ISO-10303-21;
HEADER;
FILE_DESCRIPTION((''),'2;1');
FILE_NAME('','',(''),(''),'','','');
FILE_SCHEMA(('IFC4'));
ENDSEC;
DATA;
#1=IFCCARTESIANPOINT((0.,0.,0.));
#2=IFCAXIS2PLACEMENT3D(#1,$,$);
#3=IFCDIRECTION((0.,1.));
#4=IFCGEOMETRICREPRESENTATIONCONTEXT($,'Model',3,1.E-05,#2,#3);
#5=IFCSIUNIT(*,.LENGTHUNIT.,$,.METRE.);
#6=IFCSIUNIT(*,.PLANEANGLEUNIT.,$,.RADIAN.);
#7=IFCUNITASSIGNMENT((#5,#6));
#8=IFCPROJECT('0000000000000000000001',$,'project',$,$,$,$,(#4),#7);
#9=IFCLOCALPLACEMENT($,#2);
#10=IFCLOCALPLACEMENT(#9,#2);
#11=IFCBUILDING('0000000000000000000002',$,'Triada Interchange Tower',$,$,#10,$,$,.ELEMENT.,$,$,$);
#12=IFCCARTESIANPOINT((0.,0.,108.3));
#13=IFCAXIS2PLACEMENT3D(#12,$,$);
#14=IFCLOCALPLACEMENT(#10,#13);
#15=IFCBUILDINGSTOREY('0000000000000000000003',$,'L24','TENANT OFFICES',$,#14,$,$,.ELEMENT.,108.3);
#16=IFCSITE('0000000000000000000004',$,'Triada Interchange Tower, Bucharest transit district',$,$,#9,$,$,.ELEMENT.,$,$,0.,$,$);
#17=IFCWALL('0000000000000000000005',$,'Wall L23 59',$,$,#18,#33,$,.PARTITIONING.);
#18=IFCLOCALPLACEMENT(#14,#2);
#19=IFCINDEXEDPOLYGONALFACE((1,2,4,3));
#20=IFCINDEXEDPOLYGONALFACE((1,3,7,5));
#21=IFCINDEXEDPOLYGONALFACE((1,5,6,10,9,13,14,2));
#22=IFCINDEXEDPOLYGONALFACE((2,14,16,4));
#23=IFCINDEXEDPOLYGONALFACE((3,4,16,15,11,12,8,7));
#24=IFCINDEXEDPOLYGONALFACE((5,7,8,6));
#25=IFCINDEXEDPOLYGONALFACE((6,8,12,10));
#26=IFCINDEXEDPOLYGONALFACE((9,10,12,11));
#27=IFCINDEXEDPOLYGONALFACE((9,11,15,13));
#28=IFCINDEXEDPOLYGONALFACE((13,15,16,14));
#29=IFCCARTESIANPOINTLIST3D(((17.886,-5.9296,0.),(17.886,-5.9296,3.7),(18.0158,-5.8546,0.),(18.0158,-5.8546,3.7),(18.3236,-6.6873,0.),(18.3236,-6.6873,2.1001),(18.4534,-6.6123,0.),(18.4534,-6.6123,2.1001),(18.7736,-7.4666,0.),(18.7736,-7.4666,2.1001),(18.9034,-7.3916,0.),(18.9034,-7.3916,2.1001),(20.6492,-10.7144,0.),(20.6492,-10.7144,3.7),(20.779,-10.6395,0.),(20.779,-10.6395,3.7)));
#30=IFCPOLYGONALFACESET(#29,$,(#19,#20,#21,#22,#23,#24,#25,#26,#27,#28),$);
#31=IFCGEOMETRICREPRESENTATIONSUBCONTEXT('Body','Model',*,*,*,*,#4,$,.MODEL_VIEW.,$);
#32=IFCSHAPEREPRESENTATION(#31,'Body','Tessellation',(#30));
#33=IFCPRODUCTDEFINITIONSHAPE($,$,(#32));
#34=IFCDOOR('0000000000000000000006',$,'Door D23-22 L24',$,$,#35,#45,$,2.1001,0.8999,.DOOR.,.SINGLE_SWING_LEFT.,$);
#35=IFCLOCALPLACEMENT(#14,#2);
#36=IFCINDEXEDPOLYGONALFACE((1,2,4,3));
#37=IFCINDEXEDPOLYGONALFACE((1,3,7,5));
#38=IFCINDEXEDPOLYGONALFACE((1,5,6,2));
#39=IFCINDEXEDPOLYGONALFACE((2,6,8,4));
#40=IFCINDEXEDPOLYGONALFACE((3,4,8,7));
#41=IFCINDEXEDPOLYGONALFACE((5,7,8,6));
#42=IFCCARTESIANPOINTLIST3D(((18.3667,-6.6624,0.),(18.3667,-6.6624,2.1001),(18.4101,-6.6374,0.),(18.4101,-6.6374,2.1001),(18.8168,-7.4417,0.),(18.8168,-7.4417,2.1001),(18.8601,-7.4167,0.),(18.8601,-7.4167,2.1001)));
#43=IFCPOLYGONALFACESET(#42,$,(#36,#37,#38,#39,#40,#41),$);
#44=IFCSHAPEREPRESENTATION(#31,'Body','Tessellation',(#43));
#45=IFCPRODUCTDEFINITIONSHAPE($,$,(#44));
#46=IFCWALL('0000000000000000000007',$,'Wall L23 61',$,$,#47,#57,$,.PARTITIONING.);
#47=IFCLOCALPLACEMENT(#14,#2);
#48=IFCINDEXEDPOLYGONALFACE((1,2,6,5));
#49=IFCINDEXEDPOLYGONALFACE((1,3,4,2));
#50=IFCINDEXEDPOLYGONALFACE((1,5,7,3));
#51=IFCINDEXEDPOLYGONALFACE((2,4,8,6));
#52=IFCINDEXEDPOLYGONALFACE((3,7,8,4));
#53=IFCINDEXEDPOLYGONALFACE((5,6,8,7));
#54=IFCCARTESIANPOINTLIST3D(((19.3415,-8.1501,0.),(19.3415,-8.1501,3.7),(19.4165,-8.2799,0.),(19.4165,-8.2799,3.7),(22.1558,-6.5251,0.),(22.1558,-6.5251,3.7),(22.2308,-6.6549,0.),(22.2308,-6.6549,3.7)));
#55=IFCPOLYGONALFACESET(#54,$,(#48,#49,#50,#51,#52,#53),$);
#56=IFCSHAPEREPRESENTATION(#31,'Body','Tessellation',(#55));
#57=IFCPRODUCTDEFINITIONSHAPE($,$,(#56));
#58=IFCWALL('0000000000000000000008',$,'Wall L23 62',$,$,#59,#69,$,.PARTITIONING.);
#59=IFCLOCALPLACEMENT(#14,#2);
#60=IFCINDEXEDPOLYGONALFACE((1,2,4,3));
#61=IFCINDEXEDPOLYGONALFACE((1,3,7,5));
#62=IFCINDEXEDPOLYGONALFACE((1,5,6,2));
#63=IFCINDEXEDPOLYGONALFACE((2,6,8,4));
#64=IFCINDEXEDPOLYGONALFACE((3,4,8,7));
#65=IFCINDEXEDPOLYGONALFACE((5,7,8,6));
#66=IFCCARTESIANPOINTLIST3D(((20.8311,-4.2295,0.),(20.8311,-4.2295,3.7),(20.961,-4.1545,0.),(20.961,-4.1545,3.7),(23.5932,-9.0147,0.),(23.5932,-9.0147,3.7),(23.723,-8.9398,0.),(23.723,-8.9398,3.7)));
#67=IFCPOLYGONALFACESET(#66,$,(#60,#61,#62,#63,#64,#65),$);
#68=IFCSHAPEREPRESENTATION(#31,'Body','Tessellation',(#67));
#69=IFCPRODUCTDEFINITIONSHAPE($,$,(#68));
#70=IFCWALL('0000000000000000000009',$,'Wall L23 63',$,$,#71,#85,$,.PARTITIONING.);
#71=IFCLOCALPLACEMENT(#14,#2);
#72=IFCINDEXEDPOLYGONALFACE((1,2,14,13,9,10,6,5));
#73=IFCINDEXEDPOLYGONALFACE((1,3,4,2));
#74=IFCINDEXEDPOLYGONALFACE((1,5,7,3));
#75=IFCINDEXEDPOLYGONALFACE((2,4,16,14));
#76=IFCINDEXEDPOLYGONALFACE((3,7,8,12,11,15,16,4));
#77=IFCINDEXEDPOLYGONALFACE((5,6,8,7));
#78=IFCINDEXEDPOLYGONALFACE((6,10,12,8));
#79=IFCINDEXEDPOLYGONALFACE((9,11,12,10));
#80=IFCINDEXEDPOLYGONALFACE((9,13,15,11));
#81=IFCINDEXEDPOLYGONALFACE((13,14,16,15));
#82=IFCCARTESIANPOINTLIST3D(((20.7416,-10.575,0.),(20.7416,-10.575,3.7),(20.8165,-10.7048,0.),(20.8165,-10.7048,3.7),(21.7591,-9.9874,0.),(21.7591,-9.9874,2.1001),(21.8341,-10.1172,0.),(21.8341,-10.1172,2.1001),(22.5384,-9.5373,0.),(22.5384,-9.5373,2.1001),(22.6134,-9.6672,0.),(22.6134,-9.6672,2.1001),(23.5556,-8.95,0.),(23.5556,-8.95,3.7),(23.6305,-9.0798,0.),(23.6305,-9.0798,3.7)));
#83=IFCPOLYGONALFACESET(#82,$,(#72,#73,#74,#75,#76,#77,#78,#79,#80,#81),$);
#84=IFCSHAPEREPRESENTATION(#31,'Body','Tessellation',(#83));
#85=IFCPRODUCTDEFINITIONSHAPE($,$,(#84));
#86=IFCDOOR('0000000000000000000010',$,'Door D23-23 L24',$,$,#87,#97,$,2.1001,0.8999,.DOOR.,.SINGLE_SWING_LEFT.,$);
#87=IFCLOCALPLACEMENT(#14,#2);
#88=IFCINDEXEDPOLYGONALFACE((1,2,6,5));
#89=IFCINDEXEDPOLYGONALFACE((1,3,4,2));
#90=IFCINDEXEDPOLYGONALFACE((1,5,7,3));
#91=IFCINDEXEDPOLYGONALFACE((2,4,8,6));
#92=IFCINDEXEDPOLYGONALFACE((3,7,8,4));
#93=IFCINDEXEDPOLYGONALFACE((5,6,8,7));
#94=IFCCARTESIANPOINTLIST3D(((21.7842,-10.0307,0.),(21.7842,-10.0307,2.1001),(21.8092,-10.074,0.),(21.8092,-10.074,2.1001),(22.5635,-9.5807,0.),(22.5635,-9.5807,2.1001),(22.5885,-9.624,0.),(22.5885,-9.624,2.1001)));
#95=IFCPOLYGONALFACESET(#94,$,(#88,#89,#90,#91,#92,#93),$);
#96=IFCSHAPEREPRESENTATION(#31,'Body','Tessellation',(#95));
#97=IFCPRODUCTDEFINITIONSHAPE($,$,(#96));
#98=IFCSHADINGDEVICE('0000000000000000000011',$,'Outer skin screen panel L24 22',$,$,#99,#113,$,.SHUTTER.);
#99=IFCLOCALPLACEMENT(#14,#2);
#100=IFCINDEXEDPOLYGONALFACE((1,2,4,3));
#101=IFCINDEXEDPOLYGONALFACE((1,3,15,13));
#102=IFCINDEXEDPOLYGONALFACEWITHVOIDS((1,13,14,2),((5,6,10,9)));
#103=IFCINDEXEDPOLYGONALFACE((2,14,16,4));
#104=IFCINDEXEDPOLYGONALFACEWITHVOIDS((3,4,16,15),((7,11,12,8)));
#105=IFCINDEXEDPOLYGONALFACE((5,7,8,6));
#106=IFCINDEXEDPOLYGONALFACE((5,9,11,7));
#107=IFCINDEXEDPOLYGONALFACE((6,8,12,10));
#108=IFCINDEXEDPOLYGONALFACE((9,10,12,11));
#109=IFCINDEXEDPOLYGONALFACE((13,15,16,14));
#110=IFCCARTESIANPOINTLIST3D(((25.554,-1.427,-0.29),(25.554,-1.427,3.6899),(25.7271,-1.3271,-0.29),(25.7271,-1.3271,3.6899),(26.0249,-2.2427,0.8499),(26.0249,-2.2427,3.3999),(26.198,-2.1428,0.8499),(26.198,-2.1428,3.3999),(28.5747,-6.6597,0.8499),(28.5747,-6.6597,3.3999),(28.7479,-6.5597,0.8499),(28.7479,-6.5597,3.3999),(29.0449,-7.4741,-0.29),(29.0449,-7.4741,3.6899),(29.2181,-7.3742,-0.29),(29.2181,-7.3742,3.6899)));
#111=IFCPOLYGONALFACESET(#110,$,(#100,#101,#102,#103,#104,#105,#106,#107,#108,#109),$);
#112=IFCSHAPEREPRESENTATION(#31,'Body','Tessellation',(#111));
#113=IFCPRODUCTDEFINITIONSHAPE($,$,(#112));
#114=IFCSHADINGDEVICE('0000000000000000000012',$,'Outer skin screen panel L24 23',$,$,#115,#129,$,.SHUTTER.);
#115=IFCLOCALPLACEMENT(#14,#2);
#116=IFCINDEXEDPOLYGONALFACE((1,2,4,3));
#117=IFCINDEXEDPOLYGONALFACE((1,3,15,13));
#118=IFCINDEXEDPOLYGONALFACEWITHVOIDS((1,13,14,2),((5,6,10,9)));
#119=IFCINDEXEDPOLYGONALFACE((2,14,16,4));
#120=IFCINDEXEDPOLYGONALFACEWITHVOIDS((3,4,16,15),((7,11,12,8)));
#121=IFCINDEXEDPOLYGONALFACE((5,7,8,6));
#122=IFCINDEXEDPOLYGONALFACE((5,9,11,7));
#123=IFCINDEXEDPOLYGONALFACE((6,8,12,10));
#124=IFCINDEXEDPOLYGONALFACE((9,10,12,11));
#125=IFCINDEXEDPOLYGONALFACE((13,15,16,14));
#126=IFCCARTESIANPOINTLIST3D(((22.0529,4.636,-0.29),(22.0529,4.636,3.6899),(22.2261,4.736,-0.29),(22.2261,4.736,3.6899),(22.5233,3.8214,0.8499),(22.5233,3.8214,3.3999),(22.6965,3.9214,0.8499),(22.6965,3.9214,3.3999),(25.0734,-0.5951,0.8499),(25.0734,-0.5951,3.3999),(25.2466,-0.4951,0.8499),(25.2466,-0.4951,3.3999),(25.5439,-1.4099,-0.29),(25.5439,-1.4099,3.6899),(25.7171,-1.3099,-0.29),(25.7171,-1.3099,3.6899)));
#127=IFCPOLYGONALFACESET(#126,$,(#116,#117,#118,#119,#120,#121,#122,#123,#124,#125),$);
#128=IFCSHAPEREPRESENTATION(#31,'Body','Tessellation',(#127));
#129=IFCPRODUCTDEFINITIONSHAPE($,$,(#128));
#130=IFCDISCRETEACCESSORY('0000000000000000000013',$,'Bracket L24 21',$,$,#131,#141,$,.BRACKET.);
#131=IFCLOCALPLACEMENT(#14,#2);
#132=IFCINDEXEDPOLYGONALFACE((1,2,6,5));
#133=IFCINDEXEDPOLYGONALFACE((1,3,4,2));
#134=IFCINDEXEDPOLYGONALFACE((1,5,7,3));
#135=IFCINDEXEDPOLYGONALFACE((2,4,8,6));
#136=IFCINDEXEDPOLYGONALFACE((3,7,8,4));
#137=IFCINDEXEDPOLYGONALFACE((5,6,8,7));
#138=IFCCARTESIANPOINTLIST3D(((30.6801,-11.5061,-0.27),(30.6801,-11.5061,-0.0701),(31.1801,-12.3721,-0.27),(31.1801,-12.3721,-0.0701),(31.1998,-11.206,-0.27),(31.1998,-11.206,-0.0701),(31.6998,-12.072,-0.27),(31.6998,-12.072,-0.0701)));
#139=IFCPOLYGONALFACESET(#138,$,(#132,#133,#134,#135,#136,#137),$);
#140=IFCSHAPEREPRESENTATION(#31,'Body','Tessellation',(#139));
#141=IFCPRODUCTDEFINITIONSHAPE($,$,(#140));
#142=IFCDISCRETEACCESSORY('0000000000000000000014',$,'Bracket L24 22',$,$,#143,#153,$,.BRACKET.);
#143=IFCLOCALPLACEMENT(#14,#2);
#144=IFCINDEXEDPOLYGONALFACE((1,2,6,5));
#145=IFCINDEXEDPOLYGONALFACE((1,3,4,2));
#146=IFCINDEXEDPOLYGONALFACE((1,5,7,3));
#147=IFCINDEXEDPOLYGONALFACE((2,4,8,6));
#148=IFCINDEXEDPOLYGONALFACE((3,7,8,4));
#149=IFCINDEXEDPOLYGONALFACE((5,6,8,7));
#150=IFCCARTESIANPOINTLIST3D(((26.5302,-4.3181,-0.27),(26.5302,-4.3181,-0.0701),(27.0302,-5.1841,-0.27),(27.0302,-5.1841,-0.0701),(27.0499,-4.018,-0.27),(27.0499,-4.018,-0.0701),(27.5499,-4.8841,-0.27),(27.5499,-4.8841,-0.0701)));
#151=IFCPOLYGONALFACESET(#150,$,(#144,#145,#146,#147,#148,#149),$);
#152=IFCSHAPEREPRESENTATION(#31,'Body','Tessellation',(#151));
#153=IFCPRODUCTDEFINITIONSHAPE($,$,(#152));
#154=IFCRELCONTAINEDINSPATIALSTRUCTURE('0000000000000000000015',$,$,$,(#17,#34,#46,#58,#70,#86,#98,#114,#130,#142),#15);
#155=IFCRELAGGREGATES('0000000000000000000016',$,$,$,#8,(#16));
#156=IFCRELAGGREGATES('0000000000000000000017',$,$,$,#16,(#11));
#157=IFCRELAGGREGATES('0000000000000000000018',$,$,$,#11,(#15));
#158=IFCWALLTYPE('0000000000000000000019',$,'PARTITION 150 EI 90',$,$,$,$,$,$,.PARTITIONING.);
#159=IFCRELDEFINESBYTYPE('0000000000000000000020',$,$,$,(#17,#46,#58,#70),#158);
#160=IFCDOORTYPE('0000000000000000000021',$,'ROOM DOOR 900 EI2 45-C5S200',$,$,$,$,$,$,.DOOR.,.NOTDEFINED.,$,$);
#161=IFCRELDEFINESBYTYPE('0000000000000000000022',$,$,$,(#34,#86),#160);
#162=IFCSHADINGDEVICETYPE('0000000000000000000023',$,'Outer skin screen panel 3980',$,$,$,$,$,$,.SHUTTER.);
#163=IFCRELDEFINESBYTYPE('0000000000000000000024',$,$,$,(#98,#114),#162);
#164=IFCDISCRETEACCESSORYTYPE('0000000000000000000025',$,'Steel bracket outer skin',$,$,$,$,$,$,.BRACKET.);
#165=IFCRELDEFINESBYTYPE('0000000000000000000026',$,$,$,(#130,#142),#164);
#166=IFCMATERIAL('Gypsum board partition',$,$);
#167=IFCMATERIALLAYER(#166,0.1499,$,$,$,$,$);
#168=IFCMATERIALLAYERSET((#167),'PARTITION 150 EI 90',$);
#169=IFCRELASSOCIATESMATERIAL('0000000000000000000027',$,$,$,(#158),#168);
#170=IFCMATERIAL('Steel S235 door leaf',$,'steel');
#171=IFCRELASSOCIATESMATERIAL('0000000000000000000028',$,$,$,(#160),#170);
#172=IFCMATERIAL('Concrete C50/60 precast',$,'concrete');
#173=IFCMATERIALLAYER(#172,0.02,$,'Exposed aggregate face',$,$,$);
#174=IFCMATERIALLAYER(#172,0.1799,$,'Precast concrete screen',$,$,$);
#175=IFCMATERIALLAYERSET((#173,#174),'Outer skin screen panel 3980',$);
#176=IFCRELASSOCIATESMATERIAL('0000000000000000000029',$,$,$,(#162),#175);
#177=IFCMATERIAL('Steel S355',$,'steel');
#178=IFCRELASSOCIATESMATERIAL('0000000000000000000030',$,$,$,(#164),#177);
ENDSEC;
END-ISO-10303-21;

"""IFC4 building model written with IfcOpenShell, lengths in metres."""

from ifc_helpers import new_model, si_unit, direction, frame, frame_2d, origin, origin_2d, place, context, subcontext, project, spatial, polyline, rectangle, outline, extrude, material, layer, layer_set, type_object, element, fill, save


model = new_model("IFC4")

# Units and contexts
model_context = context("Model", 3, precision=1e-05, world=origin(), true_north=direction((0.0, 1.0)))
body_context = subcontext(model_context, "Body", "Model", "MODEL_VIEW")
ifc_project = project(units=[si_unit("LENGTHUNIT", "METRE"), si_unit("PLANEANGLEUNIT", "RADIAN")], contexts=[model_context])

# Site, building, storey
site_placement = place(None, origin())
site = spatial("IfcSite", under=ifc_project, at=site_placement, Name="Triada Interchange Tower, Bucharest transit district", CompositionType="ELEMENT", RefElevation=0.0)
building_placement = place(site_placement, origin())
building = spatial("IfcBuilding", under=site, at=building_placement, Name="Triada Interchange Tower", CompositionType="ELEMENT")
storey_placement = place(building_placement, frame((0.0, 0.0, 108.3)))
storey = spatial("IfcBuildingStorey", under=building, at=storey_placement, Name="L24", Description="TENANT OFFICES", CompositionType="ELEMENT", Elevation=108.3)

# Shared definitions
ifc_material_1 = material(Name="Gypsum board partition")

# Wall, opening, door
ifc_layer_1 = layer(ifc_material_1, 0.1499)
ifc_layer_set_1 = layer_set([ifc_layer_1], Name="PARTITION 150 EI 90")
wall_type_1 = type_object("IfcWallType", Name="PARTITION 150 EI 90", PredefinedType="PARTITIONING", material=ifc_layer_set_1)
wall_1_placement = place(storey_placement, frame((17.9509, -5.8921, 0.0), z_axis=(0.0, 0.0, 1.0), x_axis=(0.500083, -0.865977, 0.0)))
wall_1 = element("IfcWall", 1, at=wall_1_placement, inside=storey, type_object=wall_type_1, Name="Wall L23 59", PredefinedType="PARTITIONING", context=body_context, shape_type="SweptSolid", body=[
    extrude(rectangle(XDim=5.5254, YDim=0.1499, at=frame_2d((2.7627, 0.0))), origin(), (0.0, 0.0, 1.0), 3.7),
])
opening_1_placement = place(wall_1_placement, frame((0.875, 0.0, 0.0)))
opening_1 = element("IfcOpeningElement", 2, at=opening_1_placement, cuts=wall_1, PredefinedType="OPENING", context=body_context, shape_type="SweptSolid", body=[
    extrude(rectangle(XDim=0.8999, YDim=2.1001, at=frame_2d((0.45, 1.05))), frame((0.0, 0.085, 0.0), z_axis=(0.0, -1.0, 0.0), x_axis=(1.0, 0.0, 0.0)), (0.0, 0.0, 1.0), 0.1699),
])
ifc_material_2 = material(Name="Steel S235 door leaf", Category="steel")
door_type = type_object("IfcDoorType", Name="ROOM DOOR 900 EI2 45-C5S200", OperationType="NOTDEFINED", PredefinedType="DOOR", material=ifc_material_2)
door_1_placement = place(opening_1_placement, origin())
door_1 = element("IfcDoor", 3, at=door_1_placement, inside=storey, type_object=door_type, Name="Door D23-22 L24", OperationType="SINGLE_SWING_LEFT", OverallHeight=2.1001, OverallWidth=0.8999, PredefinedType="DOOR", context=body_context, shape_type="SweptSolid", body=[
    extrude(rectangle(XDim=0.8999, YDim=2.1001, at=frame_2d((0.45, 1.05))), frame((0.0, 0.0249, 0.0), z_axis=(0.0, -1.0, 0.0), x_axis=(1.0, 0.0, 0.0)), (0.0, 0.0, 1.0), 0.05),
])
fill(opening_1, door_1)

# Walls
wall_2_placement = place(storey_placement, frame((19.3789, -8.2151, 0.0), z_axis=(0.0, 0.0, 1.0), x_axis=(0.865997, 0.50005, 0.0)))
element("IfcWall", 4, at=wall_2_placement, inside=storey, type_object=wall_type_1, Name="Wall L23 61", PredefinedType="PARTITIONING", context=body_context, shape_type="SweptSolid", body=[
    extrude(rectangle(XDim=3.2498, YDim=0.1499, at=frame_2d((1.625, 0.0))), origin(), (0.0, 0.0, 1.0), 3.7),
])
wall_3_placement = place(storey_placement, frame((20.896, -4.1919, 0.0), z_axis=(0.0, 0.0, 1.0), x_axis=(0.499898, -0.866084, 0.0)))
element("IfcWall", 5, at=wall_3_placement, inside=storey, type_object=wall_type_1, Name="Wall L23 62", PredefinedType="PARTITIONING", context=body_context, shape_type="SweptSolid", body=[
    extrude(rectangle(XDim=5.5251, YDim=0.1499, at=frame_2d((2.7627, 0.0))), origin(), (0.0, 0.0, 1.0), 3.7),
])

# Wall, opening, door
wall_4_placement = place(storey_placement, frame((20.7791, -10.6399, 0.0), z_axis=(0.0, 0.0, 1.0), x_axis=(0.865978, 0.500082, 0.0)))
wall_4 = element("IfcWall", 6, at=wall_4_placement, inside=storey, type_object=wall_type_1, Name="Wall L23 63", PredefinedType="PARTITIONING", context=body_context, shape_type="SweptSolid", body=[
    extrude(rectangle(XDim=3.2495, YDim=0.1499, at=frame_2d((1.6248, 0.0))), origin(), (0.0, 0.0, 1.0), 3.7),
])
opening_2_placement = place(wall_4_placement, frame((1.175, 0.0, 0.0)))
opening_2 = element("IfcOpeningElement", 7, at=opening_2_placement, cuts=wall_4, PredefinedType="OPENING", context=body_context, shape_type="SweptSolid", body=[
    extrude(rectangle(XDim=0.8999, YDim=2.1001, at=frame_2d((0.45, 1.05))), frame((0.0, 0.085, 0.0), z_axis=(0.0, -1.0, 0.0), x_axis=(1.0, 0.0, 0.0)), (0.0, 0.0, 1.0), 0.1699),
])
door_2_placement = place(opening_2_placement, origin())
door_2 = element("IfcDoor", 8, at=door_2_placement, inside=storey, type_object=door_type, Name="Door D23-23 L24", OperationType="SINGLE_SWING_LEFT", OverallHeight=2.1001, OverallWidth=0.8999, PredefinedType="DOOR", context=body_context, shape_type="SweptSolid", body=[
    extrude(rectangle(XDim=0.8999, YDim=2.1001, at=frame_2d((0.45, 1.05))), frame((0.0, 0.0249, 0.0), z_axis=(0.0, -1.0, 0.0), x_axis=(1.0, 0.0, 0.0)), (0.0, 0.0, 1.0), 0.05),
])
fill(opening_2, door_2)

# Shading devices
ifc_material_3 = material(Name="Concrete C50/60 precast", Category="concrete")
ifc_layer_2 = layer(ifc_material_3, 0.02, Name="Exposed aggregate face")
ifc_layer_3 = layer(ifc_material_3, 0.1799, Name="Precast concrete screen")
ifc_layer_set_2 = layer_set([ifc_layer_2, ifc_layer_3], Name="Outer skin screen panel 3980")
shading_device_type = type_object("IfcShadingDeviceType", Name="Outer skin screen panel 3980", PredefinedType="SHUTTER", material=ifc_layer_set_2)
shading_device_1_placement = place(storey_placement, frame((29.0449, -7.4741, -0.29), z_axis=(0.0, 0.0, 1.0), x_axis=(-0.499964, 0.866046, 0.0)))
element("IfcShadingDevice", 9, at=shading_device_1_placement, inside=storey, type_object=shading_device_type, Name="Outer skin screen panel L24 22", PredefinedType="SHUTTER", context=body_context, shape_type="SweptSolid", body=[
    extrude(outline(polyline([(0.0, 0.0), (6.9824, 0.0), (6.9824, 3.98), (0.0, 3.98), (0.0, 0.0)]), holes=[polyline([(0.9404, 1.1399), (0.9404, 3.6899), (6.0405, 3.6899), (6.0405, 1.1399), (0.9404, 1.1399)])]), frame((0.0, 0.0, 0.0), z_axis=(0.0, -1.0, 0.0), x_axis=(1.0, 0.0, 0.0)), (0.0, 0.0, 1.0), 0.2),
])
shading_device_2_placement = place(storey_placement, frame((25.5439, -1.4099, -0.29), z_axis=(0.0, 0.0, 1.0), x_axis=(-0.500039, 0.866003, 0.0)))
element("IfcShadingDevice", 10, at=shading_device_2_placement, inside=storey, type_object=shading_device_type, Name="Outer skin screen panel L24 23", PredefinedType="SHUTTER", context=body_context, shape_type="SweptSolid", body=[
    extrude(outline(polyline([(0.0, 0.0), (6.9814, 0.0), (6.9814, 3.98), (0.0, 3.98), (0.0, 0.0)]), holes=[polyline([(0.9409, 1.1399), (0.9409, 3.6899), (6.0408, 3.6899), (6.0408, 1.1399), (0.9409, 1.1399)])]), frame((0.0, 0.0, 0.0), z_axis=(0.0, -1.0, 0.0), x_axis=(1.0, 0.0, 0.0)), (0.0, 0.0, 1.0), 0.2),
])

# Discrete accessories
ifc_material_4 = material(Name="Steel S355", Category="steel")
discrete_accessory_type = type_object("IfcDiscreteAccessoryType", Name="Steel bracket outer skin", PredefinedType="BRACKET", material=ifc_material_4)
for number, where, z_axis, x_axis, name in (
    (11, (31.1899, -11.7891, -0.27), (0.0, 0.0, 1.0), (0.866022, 0.500006, 0.0), "Bracket L24 21"),
    (12, (27.04, -4.6011, -0.27), (0.0, 0.0, 1.0), (0.866022, 0.500006, 0.0), "Bracket L24 22"),
):
    element("IfcDiscreteAccessory", number, at=place(storey_placement, frame(where, z_axis=z_axis, x_axis=x_axis)), inside=storey, type_object=discrete_accessory_type, Name=name, PredefinedType="BRACKET", context=body_context, shape_type="SweptSolid", body=[
        extrude(rectangle(XDim=0.6001, YDim=1.0, at=origin_2d()), origin(), (0.0, 0.0, 1.0), 0.2),
    ])

save(model, "model.ifc")
